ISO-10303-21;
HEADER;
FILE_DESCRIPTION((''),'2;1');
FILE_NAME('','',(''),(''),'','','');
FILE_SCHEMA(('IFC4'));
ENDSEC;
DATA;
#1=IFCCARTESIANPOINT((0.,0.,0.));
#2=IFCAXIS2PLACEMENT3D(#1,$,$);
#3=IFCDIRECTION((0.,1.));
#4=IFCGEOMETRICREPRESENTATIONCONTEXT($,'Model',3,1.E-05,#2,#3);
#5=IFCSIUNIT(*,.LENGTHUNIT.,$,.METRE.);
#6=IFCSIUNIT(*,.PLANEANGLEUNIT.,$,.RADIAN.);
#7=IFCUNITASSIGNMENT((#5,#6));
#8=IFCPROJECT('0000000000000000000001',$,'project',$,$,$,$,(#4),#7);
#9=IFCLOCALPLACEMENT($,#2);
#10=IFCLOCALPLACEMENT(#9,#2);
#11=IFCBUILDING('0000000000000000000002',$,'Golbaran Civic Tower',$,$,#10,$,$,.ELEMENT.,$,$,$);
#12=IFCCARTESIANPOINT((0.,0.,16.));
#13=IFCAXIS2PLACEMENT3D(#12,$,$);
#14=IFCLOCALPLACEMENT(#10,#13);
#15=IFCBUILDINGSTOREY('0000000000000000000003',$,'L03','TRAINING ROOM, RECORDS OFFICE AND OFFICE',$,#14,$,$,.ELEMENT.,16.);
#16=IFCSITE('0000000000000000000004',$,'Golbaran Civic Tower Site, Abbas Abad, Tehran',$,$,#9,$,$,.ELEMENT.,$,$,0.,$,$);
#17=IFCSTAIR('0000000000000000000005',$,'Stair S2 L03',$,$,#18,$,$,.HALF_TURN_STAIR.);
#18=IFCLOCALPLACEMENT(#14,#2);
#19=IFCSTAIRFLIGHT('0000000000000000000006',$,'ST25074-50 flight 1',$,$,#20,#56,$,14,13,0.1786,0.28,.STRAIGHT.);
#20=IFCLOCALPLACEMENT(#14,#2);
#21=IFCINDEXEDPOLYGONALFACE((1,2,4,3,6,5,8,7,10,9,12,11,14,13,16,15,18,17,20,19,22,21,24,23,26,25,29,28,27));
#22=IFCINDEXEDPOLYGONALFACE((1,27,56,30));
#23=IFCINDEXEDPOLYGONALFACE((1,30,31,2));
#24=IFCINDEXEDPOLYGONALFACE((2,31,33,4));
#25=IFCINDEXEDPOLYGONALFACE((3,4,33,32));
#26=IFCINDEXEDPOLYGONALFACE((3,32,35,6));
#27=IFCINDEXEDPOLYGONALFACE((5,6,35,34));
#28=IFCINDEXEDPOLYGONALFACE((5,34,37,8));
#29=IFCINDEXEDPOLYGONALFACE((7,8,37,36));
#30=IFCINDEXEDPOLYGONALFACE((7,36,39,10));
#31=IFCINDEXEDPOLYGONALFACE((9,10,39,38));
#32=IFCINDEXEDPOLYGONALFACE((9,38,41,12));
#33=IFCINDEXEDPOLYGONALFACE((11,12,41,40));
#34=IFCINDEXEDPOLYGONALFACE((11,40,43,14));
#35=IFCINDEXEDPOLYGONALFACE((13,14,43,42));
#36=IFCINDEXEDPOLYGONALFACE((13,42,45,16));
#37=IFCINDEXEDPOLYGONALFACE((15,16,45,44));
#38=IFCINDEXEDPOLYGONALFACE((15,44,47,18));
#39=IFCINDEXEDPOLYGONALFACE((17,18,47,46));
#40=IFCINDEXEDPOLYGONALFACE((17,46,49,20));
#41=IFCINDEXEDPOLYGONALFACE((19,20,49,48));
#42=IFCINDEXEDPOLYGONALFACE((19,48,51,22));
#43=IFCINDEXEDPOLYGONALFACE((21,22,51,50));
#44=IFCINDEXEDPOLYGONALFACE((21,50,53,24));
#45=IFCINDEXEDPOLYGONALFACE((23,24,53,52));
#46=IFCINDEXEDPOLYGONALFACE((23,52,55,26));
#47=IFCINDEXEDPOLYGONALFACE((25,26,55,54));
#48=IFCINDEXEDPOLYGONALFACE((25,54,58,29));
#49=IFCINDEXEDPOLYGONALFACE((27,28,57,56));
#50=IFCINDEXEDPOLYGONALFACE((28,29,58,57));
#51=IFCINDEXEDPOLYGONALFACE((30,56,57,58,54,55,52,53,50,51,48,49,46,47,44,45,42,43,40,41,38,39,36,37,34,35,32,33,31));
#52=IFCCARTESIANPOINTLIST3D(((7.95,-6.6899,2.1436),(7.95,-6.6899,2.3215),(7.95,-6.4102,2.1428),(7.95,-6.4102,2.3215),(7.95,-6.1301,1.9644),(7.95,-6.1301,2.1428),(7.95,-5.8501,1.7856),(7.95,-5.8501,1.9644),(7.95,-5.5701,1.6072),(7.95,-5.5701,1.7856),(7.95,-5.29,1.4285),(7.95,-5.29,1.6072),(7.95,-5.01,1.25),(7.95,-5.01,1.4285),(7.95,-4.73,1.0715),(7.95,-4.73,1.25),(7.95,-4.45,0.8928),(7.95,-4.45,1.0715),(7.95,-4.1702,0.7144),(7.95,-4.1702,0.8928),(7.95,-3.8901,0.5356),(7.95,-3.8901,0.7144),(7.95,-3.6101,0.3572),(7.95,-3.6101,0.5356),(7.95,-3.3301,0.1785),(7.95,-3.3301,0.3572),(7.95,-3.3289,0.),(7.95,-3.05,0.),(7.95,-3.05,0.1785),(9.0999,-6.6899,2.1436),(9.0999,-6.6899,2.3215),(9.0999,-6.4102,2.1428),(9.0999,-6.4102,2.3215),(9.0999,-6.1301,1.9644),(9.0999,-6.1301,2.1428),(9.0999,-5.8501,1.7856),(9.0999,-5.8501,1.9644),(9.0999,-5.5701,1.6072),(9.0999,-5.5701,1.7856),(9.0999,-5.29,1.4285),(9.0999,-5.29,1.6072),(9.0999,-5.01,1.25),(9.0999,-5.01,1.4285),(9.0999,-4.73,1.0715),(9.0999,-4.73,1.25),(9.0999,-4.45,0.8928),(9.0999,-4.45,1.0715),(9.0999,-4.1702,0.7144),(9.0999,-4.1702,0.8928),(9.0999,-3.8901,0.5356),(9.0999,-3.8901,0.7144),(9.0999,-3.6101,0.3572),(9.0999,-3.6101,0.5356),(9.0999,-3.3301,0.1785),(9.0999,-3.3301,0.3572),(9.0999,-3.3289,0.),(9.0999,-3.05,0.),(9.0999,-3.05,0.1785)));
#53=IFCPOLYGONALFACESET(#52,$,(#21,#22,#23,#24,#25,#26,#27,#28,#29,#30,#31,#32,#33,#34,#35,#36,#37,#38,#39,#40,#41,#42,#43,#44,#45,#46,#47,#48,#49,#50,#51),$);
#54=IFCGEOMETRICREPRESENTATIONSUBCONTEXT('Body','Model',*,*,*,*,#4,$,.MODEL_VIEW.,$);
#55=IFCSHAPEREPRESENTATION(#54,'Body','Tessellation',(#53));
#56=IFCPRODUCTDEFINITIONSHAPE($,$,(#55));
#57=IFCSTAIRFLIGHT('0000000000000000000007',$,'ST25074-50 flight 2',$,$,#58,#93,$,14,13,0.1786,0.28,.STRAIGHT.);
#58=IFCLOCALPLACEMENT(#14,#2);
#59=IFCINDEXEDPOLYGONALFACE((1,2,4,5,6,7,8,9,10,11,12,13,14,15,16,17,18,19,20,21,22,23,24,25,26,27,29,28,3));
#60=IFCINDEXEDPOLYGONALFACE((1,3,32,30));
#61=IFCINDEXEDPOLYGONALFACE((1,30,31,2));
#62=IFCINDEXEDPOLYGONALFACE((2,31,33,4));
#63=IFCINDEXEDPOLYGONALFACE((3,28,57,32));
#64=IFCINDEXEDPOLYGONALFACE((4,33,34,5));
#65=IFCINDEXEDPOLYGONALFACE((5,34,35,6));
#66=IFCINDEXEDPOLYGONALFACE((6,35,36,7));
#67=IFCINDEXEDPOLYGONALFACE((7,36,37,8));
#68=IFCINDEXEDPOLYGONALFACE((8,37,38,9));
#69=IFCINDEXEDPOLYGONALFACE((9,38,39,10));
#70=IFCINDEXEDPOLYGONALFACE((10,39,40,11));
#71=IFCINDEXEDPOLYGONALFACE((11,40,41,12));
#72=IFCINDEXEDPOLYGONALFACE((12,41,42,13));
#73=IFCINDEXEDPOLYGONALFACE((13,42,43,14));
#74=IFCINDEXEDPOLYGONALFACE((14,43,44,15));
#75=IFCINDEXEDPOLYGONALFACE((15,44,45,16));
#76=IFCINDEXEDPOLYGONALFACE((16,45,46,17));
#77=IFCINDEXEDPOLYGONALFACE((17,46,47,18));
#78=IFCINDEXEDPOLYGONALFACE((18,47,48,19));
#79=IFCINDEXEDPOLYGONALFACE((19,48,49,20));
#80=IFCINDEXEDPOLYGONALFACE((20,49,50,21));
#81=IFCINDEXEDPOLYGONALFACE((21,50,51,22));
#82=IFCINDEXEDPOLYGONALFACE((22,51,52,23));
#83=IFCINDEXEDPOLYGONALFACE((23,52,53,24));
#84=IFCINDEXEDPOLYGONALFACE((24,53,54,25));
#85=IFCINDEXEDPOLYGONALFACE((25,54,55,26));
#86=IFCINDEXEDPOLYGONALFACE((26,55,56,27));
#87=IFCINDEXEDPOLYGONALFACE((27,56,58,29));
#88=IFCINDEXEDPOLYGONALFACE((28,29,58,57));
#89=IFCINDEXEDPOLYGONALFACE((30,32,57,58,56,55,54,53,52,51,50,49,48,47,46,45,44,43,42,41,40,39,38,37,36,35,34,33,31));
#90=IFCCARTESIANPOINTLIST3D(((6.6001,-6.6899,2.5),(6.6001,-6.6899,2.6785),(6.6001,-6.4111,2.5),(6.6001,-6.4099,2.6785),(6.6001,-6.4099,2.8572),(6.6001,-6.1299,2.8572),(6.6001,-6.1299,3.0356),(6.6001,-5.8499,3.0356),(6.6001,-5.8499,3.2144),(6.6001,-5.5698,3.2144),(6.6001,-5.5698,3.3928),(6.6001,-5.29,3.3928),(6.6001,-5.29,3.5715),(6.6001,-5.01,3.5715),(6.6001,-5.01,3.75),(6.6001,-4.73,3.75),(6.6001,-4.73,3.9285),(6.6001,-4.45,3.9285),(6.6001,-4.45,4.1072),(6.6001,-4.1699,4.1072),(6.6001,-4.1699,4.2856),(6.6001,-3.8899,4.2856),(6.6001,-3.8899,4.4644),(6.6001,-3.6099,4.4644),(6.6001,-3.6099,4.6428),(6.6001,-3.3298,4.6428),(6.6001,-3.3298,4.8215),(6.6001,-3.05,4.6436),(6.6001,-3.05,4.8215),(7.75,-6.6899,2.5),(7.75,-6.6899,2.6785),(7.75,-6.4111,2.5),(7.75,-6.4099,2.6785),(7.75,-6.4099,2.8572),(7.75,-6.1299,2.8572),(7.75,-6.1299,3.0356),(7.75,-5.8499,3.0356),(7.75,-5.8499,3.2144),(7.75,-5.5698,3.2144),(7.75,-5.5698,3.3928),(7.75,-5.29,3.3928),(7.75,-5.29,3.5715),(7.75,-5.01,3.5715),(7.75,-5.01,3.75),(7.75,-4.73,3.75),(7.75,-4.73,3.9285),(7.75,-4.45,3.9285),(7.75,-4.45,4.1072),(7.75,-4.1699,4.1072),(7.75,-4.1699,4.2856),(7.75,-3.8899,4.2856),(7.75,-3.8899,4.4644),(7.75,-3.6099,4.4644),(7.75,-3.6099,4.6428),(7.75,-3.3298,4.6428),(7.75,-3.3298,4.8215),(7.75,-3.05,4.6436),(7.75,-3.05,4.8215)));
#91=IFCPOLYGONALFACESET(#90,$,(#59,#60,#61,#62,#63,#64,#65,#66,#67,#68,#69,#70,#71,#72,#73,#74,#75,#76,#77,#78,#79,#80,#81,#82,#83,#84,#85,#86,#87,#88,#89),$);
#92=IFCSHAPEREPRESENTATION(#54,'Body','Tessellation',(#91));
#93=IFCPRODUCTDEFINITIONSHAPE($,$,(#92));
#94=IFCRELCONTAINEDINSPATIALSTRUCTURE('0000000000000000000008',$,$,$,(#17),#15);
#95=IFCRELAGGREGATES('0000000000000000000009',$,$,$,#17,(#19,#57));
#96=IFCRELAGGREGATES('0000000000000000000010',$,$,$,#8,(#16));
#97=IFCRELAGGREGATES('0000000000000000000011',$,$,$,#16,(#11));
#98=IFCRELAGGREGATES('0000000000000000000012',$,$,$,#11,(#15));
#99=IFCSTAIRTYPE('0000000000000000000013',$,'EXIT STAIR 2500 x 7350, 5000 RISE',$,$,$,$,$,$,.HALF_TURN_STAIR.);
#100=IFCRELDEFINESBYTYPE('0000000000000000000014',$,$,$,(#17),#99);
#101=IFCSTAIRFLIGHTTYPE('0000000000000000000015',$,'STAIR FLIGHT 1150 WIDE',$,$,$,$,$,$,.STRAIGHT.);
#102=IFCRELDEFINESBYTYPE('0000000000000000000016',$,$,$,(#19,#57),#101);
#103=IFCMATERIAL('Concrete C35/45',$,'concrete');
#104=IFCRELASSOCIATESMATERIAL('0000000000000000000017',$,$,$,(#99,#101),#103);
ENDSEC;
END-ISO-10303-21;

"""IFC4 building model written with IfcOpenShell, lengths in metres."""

from ifc_helpers import new_model, si_unit, direction, frame, origin, place, context, subcontext, project, spatial, polyline, outline, extrude, material, type_object, element, aggregate, save


model = new_model("IFC4")

# Units and contexts
model_context = context("Model", 3, precision=1e-05, world=origin(), true_north=direction((0.0, 1.0)))
body_context = subcontext(model_context, "Body", "Model", "MODEL_VIEW")
ifc_project = project(units=[si_unit("LENGTHUNIT", "METRE"), si_unit("PLANEANGLEUNIT", "RADIAN")], contexts=[model_context])

# Site, building, storey
site_placement = place(None, origin())
site = spatial("IfcSite", under=ifc_project, at=site_placement, Name="Golbaran Civic Tower Site, Abbas Abad, Tehran", CompositionType="ELEMENT", RefElevation=0.0)
building_placement = place(site_placement, origin())
building = spatial("IfcBuilding", under=site, at=building_placement, Name="Golbaran Civic Tower", CompositionType="ELEMENT")
storey_placement = place(building_placement, frame((0.0, 0.0, 16.0)))
storey = spatial("IfcBuildingStorey", under=building, at=storey_placement, Name="L03", Description="TRAINING ROOM, RECORDS OFFICE AND OFFICE", CompositionType="ELEMENT", Elevation=16.0)

# Shared definitions
ifc_material_1 = material(Name="Concrete C35/45", Category="concrete")

# Stair, stair flights
stair_type = type_object("IfcStairType", Name="EXIT STAIR 2500 x 7350, 5000 RISE", PredefinedType="HALF_TURN_STAIR", material=ifc_material_1)
stair_placement = place(storey_placement, origin())
stair = element("IfcStair", 1, at=stair_placement, inside=storey, type_object=stair_type, Name="Stair S2 L03", PredefinedType="HALF_TURN_STAIR")
stair_flight_type = type_object("IfcStairFlightType", Name="STAIR FLIGHT 1150 WIDE", PredefinedType="STRAIGHT", material=ifc_material_1)
stair_flight_1_placement = place(storey_placement, frame((8.5249, -3.05, 0.0), z_axis=(0.0, 0.0, 1.0), x_axis=(0.0, -1.0, 0.0)))
stair_flight_1 = element("IfcStairFlight", 2, at=stair_flight_1_placement, type_object=stair_flight_type, Name="ST25074-50 flight 1", NumberOfRisers=14, NumberOfTreads=13, PredefinedType="STRAIGHT", RiserHeight=0.1786, TreadLength=0.28, context=body_context, shape_type="SweptSolid", body=[
    extrude(outline(polyline([(0.0, 0.0), (0.0, 0.1785), (0.28, 0.1785), (0.28, 0.3572), (0.5601, 0.3572), (0.5601, 0.5356), (0.8401, 0.5356), (0.8401, 0.7144), (1.1201, 0.7144), (1.1201, 0.8928), (1.3999, 0.8928), (1.3999, 1.0715), (1.6799, 1.0715), (1.6799, 1.25), (1.96, 1.25), (1.96, 1.4285), (2.24, 1.4285), (2.24, 1.6072), (2.52, 1.6072), (2.52, 1.7856), (2.8, 1.7856), (2.8, 1.9644), (3.0801, 1.9644), (3.0801, 2.1428), (3.3601, 2.1428), (3.3601, 2.3215), (3.6399, 2.3215), (3.6399, 2.5), (3.6399, 2.1436), (0.2788, 0.0), (0.0, 0.0)])), frame((0.0, 0.575, 0.0), z_axis=(0.0, -1.0, 0.0), x_axis=(1.0, 0.0, 0.0)), (0.0, 0.0, 1.0), 1.1499),
])
stair_flight_2_placement = place(storey_placement, frame((7.175, -6.6899, 2.5), z_axis=(0.0, 0.0, 1.0), x_axis=(0.0, 1.0, 0.0)))
stair_flight_2 = element("IfcStairFlight", 3, at=stair_flight_2_placement, type_object=stair_flight_type, Name="ST25074-50 flight 2", NumberOfRisers=14, NumberOfTreads=13, PredefinedType="STRAIGHT", RiserHeight=0.1786, TreadLength=0.28, context=body_context, shape_type="SweptSolid", body=[
    extrude(outline(polyline([(0.0, 0.0), (0.0, 0.1785), (0.28, 0.1785), (0.28, 0.3572), (0.5601, 0.3572), (0.5601, 0.5356), (0.8401, 0.5356), (0.8401, 0.7144), (1.1201, 0.7144), (1.1201, 0.8928), (1.3999, 0.8928), (1.3999, 1.0715), (1.6799, 1.0715), (1.6799, 1.25), (1.96, 1.25), (1.96, 1.4285), (2.24, 1.4285), (2.24, 1.6072), (2.52, 1.6072), (2.52, 1.7856), (2.8, 1.7856), (2.8, 1.9644), (3.0801, 1.9644), (3.0801, 2.1428), (3.3601, 2.1428), (3.3601, 2.3215), (3.6399, 2.3215), (3.6399, 2.5), (3.6399, 2.1436), (0.2788, 0.0), (0.0, 0.0)])), frame((0.0, 0.575, 0.0), z_axis=(0.0, -1.0, 0.0), x_axis=(1.0, 0.0, 0.0)), (0.0, 0.0, 1.0), 1.1499),
])
aggregate(stair, [stair_flight_1, stair_flight_2])

save(model, "model.ifc")
